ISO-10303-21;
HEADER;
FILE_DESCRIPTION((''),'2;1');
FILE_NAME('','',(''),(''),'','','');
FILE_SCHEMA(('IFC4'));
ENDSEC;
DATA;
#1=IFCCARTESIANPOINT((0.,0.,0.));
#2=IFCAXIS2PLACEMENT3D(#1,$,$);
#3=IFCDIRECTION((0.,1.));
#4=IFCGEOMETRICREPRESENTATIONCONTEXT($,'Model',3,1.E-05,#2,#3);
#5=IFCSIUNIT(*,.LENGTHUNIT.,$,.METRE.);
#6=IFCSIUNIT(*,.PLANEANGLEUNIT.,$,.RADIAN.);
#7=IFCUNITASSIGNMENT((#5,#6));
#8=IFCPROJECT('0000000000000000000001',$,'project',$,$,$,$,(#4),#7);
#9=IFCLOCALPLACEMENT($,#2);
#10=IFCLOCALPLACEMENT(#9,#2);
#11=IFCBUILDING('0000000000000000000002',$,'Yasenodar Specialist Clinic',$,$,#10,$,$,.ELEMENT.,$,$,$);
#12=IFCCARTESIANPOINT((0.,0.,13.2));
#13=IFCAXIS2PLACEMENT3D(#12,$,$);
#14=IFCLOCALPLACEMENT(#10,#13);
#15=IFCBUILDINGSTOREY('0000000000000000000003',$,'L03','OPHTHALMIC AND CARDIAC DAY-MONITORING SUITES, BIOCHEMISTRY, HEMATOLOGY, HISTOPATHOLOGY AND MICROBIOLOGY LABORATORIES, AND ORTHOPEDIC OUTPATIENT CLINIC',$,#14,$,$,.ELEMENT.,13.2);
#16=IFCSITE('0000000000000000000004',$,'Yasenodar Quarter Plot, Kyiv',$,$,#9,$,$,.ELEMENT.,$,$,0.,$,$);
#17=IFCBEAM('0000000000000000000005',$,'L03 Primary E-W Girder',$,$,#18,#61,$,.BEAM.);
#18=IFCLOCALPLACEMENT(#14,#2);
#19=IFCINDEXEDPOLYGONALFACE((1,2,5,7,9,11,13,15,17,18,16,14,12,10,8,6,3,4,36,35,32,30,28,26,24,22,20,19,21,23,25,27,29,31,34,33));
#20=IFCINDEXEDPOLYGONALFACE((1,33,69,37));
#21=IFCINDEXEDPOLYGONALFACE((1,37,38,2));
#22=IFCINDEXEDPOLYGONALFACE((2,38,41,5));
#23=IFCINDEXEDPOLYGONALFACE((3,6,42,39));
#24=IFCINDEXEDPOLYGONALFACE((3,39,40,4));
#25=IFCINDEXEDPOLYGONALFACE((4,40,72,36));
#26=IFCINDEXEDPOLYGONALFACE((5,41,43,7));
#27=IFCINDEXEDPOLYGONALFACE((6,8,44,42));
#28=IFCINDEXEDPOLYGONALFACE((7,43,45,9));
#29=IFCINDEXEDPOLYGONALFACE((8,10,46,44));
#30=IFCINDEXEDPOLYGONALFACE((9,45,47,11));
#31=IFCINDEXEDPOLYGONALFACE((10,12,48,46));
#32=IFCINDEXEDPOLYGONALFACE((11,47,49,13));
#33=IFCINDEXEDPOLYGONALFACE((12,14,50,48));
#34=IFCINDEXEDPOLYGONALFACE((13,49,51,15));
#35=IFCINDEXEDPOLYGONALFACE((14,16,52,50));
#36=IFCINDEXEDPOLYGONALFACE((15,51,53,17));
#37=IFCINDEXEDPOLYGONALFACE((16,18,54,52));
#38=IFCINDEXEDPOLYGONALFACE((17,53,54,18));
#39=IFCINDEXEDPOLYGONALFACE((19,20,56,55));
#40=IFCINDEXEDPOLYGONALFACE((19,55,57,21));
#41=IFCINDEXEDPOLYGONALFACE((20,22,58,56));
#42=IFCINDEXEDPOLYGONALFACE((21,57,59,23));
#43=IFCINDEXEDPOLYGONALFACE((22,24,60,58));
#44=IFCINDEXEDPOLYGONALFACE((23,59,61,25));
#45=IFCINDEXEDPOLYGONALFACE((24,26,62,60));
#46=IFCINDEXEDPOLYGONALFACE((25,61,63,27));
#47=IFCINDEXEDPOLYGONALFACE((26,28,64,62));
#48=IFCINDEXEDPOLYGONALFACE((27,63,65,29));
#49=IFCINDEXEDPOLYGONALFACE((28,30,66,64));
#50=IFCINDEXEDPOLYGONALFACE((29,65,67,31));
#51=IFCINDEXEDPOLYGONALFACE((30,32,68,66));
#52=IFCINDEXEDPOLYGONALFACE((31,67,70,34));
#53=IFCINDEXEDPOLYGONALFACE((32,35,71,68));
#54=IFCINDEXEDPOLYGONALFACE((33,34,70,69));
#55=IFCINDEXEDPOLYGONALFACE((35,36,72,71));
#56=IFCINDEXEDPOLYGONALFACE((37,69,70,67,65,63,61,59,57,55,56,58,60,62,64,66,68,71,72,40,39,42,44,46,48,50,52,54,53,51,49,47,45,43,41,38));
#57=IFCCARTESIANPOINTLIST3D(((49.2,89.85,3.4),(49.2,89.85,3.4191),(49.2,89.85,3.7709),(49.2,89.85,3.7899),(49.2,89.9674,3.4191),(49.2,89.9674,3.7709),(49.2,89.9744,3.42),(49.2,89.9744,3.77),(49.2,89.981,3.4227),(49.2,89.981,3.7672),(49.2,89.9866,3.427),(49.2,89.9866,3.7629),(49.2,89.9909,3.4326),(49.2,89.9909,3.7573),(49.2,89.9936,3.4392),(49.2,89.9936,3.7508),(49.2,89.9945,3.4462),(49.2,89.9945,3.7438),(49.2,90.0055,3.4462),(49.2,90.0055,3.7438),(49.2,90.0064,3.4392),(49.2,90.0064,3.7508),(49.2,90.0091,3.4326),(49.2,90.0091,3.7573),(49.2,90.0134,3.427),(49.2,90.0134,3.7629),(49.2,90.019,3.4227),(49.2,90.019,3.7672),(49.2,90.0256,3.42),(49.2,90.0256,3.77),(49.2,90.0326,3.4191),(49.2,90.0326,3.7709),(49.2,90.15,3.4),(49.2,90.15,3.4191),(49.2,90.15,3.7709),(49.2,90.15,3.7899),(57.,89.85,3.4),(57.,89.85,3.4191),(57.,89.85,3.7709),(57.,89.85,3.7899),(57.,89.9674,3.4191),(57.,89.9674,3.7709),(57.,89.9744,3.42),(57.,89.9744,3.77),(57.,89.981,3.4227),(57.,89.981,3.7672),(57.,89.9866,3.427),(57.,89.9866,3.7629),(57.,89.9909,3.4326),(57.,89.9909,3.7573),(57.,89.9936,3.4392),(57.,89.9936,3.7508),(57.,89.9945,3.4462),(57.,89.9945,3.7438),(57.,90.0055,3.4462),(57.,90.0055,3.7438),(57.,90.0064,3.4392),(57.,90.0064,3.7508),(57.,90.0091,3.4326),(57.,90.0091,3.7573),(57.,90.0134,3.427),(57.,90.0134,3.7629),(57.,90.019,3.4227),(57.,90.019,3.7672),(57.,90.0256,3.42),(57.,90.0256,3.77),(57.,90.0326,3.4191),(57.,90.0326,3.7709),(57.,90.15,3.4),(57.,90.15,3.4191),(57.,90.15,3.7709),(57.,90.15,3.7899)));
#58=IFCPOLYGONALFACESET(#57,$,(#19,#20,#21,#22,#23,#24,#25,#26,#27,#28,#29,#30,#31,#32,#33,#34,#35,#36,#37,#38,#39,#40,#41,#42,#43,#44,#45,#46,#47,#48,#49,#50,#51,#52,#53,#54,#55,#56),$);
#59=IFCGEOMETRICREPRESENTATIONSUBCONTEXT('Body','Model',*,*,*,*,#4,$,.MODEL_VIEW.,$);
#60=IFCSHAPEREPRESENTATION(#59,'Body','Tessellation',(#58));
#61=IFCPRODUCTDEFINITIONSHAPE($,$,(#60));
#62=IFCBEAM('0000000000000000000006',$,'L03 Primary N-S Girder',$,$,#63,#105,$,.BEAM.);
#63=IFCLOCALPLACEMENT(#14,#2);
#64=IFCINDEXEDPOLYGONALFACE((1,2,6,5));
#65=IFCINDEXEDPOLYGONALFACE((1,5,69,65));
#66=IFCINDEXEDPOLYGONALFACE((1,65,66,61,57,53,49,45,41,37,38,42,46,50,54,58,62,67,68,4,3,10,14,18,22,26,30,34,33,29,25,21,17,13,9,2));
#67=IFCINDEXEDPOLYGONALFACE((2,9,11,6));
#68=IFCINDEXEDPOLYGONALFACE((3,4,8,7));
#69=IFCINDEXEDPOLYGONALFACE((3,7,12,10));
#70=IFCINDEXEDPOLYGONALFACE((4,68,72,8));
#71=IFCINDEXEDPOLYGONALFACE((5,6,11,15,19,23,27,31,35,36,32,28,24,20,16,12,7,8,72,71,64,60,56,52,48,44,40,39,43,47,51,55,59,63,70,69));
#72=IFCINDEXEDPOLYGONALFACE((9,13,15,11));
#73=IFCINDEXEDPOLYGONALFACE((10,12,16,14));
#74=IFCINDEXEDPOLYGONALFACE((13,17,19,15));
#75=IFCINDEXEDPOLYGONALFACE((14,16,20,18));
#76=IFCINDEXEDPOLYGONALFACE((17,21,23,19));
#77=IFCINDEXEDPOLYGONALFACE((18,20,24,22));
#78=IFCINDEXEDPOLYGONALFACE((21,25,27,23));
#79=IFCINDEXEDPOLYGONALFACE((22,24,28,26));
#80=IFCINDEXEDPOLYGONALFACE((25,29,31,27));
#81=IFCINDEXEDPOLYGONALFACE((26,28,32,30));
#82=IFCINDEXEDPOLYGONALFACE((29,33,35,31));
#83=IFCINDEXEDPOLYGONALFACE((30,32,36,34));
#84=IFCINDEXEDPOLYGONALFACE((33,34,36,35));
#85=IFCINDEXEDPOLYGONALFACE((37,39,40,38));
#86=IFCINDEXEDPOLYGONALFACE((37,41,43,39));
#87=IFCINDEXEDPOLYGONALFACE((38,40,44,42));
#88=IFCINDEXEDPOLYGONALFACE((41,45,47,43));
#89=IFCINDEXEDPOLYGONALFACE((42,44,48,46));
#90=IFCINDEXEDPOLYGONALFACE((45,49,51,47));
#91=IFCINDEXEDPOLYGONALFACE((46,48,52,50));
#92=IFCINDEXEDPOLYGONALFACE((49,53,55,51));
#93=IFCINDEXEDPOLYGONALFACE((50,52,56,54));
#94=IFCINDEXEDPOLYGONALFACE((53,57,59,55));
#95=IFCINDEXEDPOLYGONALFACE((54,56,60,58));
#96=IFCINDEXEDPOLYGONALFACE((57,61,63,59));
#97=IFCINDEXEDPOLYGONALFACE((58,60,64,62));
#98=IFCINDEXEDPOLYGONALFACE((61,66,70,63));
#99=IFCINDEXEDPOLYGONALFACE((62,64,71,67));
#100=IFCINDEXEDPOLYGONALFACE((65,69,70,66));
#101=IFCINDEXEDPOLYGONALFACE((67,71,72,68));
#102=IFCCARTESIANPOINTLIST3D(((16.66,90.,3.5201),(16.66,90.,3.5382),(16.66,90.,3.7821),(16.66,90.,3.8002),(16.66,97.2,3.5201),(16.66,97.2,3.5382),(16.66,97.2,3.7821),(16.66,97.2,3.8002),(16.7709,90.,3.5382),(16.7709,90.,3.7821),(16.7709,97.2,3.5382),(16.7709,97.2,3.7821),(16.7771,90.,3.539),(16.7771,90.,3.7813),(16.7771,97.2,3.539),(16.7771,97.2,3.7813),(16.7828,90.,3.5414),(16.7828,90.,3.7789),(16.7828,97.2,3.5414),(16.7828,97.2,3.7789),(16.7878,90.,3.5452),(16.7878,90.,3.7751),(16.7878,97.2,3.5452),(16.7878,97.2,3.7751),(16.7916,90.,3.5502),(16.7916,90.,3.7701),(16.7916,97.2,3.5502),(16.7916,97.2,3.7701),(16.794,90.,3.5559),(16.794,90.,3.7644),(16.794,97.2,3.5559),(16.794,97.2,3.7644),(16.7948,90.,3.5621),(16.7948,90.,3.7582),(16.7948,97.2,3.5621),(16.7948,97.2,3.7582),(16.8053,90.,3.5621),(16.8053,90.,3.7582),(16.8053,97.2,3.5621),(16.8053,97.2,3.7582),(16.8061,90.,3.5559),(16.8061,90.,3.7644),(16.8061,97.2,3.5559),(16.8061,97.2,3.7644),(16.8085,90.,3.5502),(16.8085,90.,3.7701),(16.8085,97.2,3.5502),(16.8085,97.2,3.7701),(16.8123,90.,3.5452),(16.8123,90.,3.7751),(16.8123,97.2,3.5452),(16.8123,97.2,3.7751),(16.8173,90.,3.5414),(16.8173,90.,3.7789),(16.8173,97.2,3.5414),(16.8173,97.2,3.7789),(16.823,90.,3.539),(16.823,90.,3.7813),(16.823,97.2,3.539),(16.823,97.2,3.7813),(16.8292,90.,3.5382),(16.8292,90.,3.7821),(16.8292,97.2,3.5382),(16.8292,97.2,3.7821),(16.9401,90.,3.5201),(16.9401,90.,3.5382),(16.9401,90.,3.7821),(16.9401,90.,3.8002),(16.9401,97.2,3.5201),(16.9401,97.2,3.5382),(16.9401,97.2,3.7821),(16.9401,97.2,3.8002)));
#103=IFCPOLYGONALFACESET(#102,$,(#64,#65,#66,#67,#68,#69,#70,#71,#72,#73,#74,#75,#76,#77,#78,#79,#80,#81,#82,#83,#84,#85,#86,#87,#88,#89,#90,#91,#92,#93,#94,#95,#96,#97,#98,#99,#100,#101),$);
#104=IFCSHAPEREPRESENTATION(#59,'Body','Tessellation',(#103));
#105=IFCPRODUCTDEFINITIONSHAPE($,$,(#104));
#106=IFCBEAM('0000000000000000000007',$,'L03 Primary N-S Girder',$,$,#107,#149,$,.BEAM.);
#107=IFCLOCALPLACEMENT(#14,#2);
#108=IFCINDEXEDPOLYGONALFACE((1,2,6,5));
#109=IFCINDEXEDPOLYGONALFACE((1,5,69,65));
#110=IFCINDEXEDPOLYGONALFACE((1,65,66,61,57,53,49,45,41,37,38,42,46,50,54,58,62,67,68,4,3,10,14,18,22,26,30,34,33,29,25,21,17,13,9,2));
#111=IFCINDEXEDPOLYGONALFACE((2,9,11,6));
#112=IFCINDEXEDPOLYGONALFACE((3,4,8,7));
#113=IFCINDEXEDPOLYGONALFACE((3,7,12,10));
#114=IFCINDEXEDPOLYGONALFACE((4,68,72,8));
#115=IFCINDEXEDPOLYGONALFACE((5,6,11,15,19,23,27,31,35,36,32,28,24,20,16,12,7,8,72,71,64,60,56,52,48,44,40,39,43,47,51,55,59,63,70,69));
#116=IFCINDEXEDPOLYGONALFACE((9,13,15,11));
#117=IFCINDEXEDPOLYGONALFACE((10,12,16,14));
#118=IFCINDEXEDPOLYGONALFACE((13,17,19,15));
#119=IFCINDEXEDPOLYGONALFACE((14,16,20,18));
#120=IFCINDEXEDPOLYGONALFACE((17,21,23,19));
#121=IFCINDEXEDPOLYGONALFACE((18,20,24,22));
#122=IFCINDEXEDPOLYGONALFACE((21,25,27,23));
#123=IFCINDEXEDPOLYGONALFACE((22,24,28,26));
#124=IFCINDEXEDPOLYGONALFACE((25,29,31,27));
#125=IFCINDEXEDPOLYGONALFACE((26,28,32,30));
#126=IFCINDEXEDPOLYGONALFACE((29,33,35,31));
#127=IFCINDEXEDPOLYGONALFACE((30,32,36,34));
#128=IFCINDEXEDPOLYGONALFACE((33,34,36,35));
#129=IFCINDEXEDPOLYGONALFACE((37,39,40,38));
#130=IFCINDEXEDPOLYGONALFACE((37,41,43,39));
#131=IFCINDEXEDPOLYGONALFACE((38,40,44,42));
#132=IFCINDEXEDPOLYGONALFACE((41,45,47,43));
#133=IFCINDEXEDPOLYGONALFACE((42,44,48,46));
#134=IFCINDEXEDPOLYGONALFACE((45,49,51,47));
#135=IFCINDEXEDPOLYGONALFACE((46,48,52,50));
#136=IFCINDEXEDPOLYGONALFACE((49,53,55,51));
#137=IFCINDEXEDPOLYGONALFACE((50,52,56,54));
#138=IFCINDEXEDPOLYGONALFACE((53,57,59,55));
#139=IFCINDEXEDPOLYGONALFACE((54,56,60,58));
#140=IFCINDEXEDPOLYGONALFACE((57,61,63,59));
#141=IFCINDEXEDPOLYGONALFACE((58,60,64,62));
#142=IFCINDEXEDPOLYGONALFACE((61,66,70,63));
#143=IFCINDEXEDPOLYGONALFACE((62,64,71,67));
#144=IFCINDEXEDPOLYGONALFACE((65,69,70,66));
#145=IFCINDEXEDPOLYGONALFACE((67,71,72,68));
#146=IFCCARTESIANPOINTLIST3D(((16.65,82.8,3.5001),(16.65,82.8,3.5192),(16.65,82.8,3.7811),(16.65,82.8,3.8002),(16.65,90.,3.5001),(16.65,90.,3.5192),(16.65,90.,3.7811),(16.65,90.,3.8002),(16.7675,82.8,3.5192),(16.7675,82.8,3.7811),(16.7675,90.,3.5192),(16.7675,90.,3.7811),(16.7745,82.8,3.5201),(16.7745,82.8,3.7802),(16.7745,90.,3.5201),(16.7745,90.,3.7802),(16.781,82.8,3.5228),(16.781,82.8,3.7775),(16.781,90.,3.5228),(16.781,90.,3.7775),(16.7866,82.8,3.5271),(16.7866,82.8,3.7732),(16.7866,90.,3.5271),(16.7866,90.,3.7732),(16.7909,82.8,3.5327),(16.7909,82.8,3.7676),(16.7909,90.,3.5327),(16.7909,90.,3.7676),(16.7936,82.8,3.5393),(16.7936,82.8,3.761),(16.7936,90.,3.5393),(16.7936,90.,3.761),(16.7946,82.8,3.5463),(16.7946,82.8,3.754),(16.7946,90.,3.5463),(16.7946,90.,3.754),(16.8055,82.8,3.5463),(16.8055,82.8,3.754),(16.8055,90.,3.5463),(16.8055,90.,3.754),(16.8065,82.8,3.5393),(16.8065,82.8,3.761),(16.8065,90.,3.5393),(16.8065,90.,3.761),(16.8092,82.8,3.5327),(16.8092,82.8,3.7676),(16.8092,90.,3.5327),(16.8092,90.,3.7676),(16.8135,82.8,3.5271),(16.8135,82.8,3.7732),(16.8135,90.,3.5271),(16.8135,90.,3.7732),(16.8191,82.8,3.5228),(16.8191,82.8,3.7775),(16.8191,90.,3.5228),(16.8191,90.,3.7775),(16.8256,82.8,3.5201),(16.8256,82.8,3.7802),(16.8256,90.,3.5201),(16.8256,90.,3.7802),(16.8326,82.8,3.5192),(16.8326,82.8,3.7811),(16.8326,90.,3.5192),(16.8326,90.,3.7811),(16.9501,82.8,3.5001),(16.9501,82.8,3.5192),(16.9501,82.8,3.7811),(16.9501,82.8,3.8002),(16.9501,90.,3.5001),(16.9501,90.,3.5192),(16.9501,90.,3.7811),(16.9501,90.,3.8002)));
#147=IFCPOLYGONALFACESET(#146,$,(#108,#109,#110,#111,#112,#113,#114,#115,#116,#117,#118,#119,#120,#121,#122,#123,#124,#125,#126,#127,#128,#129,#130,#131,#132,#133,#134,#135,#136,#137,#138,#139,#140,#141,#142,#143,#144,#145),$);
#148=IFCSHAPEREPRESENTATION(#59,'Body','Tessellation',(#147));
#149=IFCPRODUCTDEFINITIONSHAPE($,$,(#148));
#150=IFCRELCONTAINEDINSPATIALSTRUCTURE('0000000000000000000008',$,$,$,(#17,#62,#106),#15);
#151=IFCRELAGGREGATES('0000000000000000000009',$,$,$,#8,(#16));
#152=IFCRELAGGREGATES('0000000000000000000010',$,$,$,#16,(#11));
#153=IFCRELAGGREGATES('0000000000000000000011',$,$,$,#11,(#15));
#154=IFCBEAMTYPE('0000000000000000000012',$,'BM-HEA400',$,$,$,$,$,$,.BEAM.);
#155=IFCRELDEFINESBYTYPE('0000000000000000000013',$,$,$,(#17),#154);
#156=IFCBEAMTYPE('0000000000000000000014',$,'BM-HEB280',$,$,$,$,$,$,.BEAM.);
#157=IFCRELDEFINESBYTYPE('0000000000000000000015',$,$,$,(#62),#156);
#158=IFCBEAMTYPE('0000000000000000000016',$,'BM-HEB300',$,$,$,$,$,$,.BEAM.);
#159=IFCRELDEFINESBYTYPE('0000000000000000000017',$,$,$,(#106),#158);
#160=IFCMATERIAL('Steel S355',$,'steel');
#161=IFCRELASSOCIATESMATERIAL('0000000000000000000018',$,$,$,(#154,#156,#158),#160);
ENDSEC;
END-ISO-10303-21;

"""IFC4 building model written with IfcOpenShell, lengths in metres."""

from ifc_helpers import new_model, si_unit, direction, frame, origin, origin_2d, place, context, subcontext, project, spatial, i_section, extrude, material, material_profile, profile_set, type_object, element, save


model = new_model("IFC4")

# Units and contexts
model_context = context("Model", 3, precision=1e-05, world=origin(), true_north=direction((0.0, 1.0)))
body_context = subcontext(model_context, "Body", "Model", "MODEL_VIEW")
ifc_project = project(units=[si_unit("LENGTHUNIT", "METRE"), si_unit("PLANEANGLEUNIT", "RADIAN")], contexts=[model_context])

# Site, building, storey
site_placement = place(None, origin())
site = spatial("IfcSite", under=ifc_project, at=site_placement, Name="Yasenodar Quarter Plot, Kyiv", CompositionType="ELEMENT", RefElevation=0.0)
building_placement = place(site_placement, origin())
building = spatial("IfcBuilding", under=site, at=building_placement, Name="Yasenodar Specialist Clinic", CompositionType="ELEMENT")
storey_placement = place(building_placement, frame((0.0, 0.0, 13.2)))
storey = spatial("IfcBuildingStorey", under=building, at=storey_placement, Name="L03", Description="OPHTHALMIC AND CARDIAC DAY-MONITORING SUITES, BIOCHEMISTRY, HEMATOLOGY, HISTOPATHOLOGY AND MICROBIOLOGY LABORATORIES, AND ORTHOPEDIC OUTPATIENT CLINIC", CompositionType="ELEMENT", Elevation=13.2)

# Shared definitions
ifc_material_1 = material(Name="Steel S355", Category="steel")

# Beams
ifc_material_profile_1 = material_profile(ifc_material_1, i_section(OverallWidth=0.3, OverallDepth=0.3899, WebThickness=0.011, FlangeThickness=0.019, FilletRadius=0.0271, at=origin_2d()), Name="HEA 400")
ifc_profile_set_1 = profile_set([ifc_material_profile_1], Name="Steel S355")
beam_type_1 = type_object("IfcBeamType", Name="BM-HEA400", PredefinedType="BEAM", material=ifc_profile_set_1)
for number, where, z_axis, x_axis, name in (
    (1, (49.2, 90.0, 3.595), (1.0, 0.0, 0.0), (0.0, 1.0, 0.0), "L03 Primary E-W Girder"),
):
    element("IfcBeam", number, at=place(storey_placement, frame(where, z_axis=z_axis, x_axis=x_axis)), inside=storey, type_object=beam_type_1, Name=name, PredefinedType="BEAM", context=body_context, shape_type="SweptSolid", body=[
        extrude(i_section(OverallWidth=0.3, OverallDepth=0.3899, WebThickness=0.011, FlangeThickness=0.019, FilletRadius=0.0271, at=origin_2d()), origin(), (0.0, 0.0, 1.0), 7.8),
    ])
ifc_material_profile_2 = material_profile(ifc_material_1, i_section(OverallWidth=0.28, OverallDepth=0.28, WebThickness=0.0105, FlangeThickness=0.0181, FilletRadius=0.0239, at=origin_2d()), Name="HEB 280")
ifc_profile_set_2 = profile_set([ifc_material_profile_2], Name="Steel S355")
beam_type_2 = type_object("IfcBeamType", Name="BM-HEB280", PredefinedType="BEAM", material=ifc_profile_set_2)
beam_1_placement = place(storey_placement, frame((16.8, 90.0, 3.6602), z_axis=(0.0, 1.0, 0.0), x_axis=(-1.0, 0.0, 0.0)))
element("IfcBeam", 2, at=beam_1_placement, inside=storey, type_object=beam_type_2, Name="L03 Primary N-S Girder", PredefinedType="BEAM", context=body_context, shape_type="SweptSolid", body=[
    extrude(i_section(OverallWidth=0.28, OverallDepth=0.28, WebThickness=0.0105, FlangeThickness=0.0181, FilletRadius=0.0239, at=origin_2d()), origin(), (0.0, 0.0, 1.0), 7.2),
])
ifc_material_profile_3 = material_profile(ifc_material_1, i_section(OverallWidth=0.3, OverallDepth=0.3, WebThickness=0.011, FlangeThickness=0.019, FilletRadius=0.0271, at=origin_2d()), Name="HEB 300")
ifc_profile_set_3 = profile_set([ifc_material_profile_3], Name="Steel S355")
beam_type_3 = type_object("IfcBeamType", Name="BM-HEB300", PredefinedType="BEAM", material=ifc_profile_set_3)
beam_2_placement = place(storey_placement, frame((16.8, 82.8, 3.6501), z_axis=(0.0, 1.0, 0.0), x_axis=(-1.0, 0.0, 0.0)))
element("IfcBeam", 3, at=beam_2_placement, inside=storey, type_object=beam_type_3, Name="L03 Primary N-S Girder", PredefinedType="BEAM", context=body_context, shape_type="SweptSolid", body=[
    extrude(i_section(OverallWidth=0.3, OverallDepth=0.3, WebThickness=0.011, FlangeThickness=0.019, FilletRadius=0.0271, at=origin_2d()), origin(), (0.0, 0.0, 1.0), 7.2),
])

save(model, "model.ifc")
